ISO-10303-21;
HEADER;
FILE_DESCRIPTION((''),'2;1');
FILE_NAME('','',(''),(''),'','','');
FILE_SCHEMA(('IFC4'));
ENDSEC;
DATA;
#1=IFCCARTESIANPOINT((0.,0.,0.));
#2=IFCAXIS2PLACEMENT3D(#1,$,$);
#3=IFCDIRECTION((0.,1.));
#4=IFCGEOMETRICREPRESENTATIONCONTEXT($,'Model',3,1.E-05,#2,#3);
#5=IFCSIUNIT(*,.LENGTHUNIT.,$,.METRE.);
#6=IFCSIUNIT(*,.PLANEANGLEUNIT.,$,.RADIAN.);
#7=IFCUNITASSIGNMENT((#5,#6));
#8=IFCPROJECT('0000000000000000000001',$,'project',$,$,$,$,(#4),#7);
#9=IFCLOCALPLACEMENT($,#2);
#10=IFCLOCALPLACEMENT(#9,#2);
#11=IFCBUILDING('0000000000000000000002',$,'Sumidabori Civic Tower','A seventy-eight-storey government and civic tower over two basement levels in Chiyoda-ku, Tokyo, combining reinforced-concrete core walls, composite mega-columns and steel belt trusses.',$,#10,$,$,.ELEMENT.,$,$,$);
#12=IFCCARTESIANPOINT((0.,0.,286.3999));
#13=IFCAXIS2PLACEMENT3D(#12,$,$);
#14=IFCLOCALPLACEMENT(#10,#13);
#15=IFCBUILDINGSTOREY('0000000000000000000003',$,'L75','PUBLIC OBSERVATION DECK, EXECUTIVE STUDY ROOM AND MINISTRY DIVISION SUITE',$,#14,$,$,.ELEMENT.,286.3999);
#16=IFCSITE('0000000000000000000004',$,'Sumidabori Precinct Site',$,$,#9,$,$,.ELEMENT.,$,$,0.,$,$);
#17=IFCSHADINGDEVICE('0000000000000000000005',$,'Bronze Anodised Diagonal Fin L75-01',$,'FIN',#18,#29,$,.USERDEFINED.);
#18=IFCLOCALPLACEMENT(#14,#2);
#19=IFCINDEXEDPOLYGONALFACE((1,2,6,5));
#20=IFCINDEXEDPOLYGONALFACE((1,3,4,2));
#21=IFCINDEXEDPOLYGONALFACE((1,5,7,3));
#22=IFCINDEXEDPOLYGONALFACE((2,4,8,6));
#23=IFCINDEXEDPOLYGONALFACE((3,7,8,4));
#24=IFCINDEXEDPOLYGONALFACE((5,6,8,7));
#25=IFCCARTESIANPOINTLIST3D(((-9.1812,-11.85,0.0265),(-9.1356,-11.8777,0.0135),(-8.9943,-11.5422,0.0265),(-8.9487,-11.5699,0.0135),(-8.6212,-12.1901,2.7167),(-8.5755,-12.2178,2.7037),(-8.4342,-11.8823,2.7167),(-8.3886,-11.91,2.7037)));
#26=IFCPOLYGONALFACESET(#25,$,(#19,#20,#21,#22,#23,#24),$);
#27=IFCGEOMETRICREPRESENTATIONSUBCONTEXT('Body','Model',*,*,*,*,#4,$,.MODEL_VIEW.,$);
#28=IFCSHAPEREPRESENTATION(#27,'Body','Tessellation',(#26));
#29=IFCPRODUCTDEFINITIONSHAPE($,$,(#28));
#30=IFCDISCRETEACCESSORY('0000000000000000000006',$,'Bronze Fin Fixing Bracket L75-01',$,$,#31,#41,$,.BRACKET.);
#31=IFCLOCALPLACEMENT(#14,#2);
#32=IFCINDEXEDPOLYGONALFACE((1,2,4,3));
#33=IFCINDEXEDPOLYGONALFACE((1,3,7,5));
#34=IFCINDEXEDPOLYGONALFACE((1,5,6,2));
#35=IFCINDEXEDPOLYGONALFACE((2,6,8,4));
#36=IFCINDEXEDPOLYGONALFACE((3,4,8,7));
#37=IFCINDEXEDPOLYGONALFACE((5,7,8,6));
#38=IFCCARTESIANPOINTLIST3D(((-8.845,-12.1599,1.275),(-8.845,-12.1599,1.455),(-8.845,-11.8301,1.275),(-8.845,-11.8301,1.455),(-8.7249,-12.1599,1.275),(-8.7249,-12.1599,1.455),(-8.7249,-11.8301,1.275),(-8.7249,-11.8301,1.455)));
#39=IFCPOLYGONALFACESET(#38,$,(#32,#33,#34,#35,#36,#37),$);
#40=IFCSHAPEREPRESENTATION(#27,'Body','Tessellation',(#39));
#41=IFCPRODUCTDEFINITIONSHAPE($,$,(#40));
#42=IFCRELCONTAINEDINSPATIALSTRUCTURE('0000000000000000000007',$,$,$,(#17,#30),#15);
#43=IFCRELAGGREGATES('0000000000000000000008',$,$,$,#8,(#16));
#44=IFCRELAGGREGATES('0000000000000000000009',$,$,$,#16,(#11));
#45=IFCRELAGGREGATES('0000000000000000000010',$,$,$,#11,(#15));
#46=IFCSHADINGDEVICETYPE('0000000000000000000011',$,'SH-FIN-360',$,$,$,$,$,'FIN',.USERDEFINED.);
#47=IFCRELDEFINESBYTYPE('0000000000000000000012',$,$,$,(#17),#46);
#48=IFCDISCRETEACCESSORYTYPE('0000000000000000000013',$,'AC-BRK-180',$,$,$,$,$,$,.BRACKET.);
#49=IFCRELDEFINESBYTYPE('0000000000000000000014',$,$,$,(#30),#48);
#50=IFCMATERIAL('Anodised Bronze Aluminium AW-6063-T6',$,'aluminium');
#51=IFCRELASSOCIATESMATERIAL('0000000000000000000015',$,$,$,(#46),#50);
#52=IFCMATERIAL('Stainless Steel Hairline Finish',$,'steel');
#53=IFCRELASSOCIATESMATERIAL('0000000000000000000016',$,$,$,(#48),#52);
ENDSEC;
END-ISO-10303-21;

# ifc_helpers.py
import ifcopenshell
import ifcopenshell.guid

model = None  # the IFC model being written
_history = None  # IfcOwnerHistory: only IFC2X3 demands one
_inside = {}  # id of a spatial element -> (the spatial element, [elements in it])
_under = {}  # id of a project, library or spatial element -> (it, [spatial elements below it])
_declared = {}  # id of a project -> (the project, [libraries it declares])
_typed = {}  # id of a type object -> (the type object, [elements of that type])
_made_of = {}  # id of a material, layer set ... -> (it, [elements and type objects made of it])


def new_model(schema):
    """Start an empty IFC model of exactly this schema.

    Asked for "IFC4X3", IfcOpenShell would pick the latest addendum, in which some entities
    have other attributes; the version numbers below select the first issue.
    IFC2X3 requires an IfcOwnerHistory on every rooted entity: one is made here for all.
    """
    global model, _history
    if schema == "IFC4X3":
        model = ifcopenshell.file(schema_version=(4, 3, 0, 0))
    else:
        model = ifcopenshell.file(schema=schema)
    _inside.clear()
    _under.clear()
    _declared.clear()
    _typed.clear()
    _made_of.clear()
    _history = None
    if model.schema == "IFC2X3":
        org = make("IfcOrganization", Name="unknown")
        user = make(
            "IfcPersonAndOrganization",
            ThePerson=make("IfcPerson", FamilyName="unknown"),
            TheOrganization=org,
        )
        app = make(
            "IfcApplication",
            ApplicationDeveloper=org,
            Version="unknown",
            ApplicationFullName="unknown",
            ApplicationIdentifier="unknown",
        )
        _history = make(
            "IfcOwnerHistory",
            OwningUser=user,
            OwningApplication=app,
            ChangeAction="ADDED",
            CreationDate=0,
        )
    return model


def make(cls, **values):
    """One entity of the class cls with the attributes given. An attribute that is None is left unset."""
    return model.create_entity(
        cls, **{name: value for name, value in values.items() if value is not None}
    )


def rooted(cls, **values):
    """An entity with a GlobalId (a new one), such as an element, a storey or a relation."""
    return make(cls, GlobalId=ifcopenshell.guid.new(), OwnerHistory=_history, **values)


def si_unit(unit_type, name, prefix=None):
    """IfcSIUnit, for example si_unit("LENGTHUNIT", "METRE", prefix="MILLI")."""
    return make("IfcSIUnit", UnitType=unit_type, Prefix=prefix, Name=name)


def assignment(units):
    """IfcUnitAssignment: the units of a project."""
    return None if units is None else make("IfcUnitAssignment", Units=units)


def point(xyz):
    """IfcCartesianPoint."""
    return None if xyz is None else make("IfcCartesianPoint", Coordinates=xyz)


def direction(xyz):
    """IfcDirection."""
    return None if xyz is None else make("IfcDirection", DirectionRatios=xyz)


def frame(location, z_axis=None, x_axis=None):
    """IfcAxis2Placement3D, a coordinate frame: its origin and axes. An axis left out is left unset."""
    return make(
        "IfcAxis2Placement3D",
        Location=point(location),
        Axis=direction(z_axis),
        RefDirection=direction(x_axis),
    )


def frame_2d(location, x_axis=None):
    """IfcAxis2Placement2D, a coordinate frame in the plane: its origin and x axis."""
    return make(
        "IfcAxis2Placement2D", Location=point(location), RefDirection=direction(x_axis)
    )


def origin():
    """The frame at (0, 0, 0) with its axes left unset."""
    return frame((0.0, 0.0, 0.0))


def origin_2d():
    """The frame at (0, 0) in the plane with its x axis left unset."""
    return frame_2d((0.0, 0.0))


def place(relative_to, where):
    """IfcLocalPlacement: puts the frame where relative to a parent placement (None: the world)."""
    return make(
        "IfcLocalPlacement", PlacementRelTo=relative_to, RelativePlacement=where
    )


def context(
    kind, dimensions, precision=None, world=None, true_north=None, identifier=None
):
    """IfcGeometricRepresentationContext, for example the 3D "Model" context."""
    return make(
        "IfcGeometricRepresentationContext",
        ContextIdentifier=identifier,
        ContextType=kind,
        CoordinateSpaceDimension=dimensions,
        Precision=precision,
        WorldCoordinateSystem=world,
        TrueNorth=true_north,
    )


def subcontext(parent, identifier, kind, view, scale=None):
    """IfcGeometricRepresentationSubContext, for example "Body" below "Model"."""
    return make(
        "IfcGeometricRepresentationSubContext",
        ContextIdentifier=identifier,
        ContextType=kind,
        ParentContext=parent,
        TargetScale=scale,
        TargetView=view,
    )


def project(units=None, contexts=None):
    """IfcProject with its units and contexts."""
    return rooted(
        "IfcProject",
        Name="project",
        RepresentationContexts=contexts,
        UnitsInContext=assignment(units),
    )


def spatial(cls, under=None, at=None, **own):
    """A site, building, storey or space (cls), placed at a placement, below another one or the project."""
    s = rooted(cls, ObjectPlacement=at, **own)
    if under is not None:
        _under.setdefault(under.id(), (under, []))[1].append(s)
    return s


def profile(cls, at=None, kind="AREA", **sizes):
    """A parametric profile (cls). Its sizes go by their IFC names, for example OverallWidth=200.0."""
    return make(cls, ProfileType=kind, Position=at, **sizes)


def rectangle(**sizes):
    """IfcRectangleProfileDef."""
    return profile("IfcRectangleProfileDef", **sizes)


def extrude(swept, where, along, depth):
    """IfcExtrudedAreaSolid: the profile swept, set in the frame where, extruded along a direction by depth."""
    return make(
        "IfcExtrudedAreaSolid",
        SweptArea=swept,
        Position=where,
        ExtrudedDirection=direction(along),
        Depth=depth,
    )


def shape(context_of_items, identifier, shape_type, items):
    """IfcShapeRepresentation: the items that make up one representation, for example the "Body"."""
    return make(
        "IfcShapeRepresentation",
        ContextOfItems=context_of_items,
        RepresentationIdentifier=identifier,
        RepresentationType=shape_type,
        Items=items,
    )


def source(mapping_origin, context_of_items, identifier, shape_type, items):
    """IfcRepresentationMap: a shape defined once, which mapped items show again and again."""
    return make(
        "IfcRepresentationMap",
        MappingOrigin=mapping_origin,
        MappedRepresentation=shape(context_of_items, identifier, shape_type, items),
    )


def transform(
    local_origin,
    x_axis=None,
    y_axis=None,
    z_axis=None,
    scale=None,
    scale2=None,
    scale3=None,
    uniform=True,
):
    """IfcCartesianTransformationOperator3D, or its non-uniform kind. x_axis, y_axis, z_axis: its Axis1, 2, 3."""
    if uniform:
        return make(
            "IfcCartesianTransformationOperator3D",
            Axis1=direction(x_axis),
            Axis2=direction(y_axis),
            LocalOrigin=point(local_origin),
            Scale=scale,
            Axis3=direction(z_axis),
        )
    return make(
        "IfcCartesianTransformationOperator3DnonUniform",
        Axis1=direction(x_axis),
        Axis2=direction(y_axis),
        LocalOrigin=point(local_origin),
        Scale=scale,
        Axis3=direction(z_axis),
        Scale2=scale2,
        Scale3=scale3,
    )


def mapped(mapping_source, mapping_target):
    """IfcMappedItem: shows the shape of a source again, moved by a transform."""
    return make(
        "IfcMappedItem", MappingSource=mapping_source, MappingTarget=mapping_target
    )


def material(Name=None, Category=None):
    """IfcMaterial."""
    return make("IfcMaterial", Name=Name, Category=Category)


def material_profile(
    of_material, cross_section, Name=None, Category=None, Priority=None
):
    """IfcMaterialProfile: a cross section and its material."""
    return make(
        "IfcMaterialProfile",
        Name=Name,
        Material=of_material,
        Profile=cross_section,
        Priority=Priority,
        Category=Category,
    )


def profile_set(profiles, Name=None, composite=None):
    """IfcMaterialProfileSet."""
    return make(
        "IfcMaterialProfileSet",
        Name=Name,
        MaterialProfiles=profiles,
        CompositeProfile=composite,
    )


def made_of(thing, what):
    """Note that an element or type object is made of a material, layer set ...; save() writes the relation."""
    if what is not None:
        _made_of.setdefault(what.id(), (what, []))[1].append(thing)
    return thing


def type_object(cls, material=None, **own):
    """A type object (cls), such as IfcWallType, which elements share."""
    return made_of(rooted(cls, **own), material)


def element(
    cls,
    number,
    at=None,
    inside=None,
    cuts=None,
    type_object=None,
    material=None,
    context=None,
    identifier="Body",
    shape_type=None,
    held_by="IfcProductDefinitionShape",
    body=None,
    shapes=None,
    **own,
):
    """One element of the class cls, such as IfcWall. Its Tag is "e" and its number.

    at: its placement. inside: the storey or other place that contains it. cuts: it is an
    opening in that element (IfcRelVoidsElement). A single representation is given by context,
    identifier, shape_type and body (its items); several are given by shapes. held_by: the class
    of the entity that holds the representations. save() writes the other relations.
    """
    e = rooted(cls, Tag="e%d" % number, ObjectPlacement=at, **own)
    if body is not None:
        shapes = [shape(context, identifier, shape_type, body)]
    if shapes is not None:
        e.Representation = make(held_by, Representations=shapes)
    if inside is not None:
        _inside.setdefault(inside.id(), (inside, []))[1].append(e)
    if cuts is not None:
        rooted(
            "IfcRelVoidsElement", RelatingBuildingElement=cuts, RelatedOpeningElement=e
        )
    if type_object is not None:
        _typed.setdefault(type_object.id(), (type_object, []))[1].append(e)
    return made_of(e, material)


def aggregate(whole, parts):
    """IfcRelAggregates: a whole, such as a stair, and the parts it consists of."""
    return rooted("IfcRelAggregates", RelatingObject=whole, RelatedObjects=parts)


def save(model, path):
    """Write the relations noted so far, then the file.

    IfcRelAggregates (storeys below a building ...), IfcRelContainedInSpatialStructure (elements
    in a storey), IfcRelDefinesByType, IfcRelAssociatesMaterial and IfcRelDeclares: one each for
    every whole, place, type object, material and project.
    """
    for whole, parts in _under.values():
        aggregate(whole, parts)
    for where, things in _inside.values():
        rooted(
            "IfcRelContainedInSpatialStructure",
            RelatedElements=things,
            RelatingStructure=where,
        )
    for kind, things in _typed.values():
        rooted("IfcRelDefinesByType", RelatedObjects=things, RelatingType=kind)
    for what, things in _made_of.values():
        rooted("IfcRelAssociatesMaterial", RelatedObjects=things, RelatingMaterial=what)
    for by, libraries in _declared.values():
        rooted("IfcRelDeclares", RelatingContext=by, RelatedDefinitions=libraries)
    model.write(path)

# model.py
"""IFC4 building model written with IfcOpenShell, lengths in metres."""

from ifc_helpers import new_model, si_unit, direction, frame, origin, origin_2d, place, context, subcontext, project, spatial, rectangle, extrude, source, transform, mapped, material, material_profile, profile_set, type_object, element, save


model = new_model("IFC4")

# Units and contexts
model_context = context("Model", 3, precision=1e-05, world=origin(), true_north=direction((0.0, 1.0)))
body_context = subcontext(model_context, "Body", "Model", "MODEL_VIEW")
ifc_project = project(units=[si_unit("LENGTHUNIT", "METRE"), si_unit("PLANEANGLEUNIT", "RADIAN")], contexts=[model_context])

# Site, building, storey
site_placement = place(None, origin())
site = spatial("IfcSite", under=ifc_project, at=site_placement, Name="Sumidabori Precinct Site", CompositionType="ELEMENT", RefElevation=0.0)
building_placement = place(site_placement, origin())
building = spatial("IfcBuilding", under=site, at=building_placement, Name="Sumidabori Civic Tower", Description="A seventy-eight-storey government and civic tower over two basement levels in Chiyoda-ku, Tokyo, combining reinforced-concrete core walls, composite mega-columns and steel belt trusses.", CompositionType="ELEMENT")
storey_placement = place(building_placement, frame((0.0, 0.0, 286.3999)))
storey = spatial("IfcBuildingStorey", under=building, at=storey_placement, Name="L75", Description="PUBLIC OBSERVATION DECK, EXECUTIVE STUDY ROOM AND MINISTRY DIVISION SUITE", CompositionType="ELEMENT", Elevation=286.3999)

# Shared definitions
ifc_material_1 = material(Name="Anodised Bronze Aluminium AW-6063-T6", Category="aluminium")

# Shading device
ifc_material_profile_1 = material_profile(ifc_material_1, rectangle(XDim=0.0549, YDim=0.3601, at=origin_2d()), Name="BRONZE FIN 360x55")
ifc_profile_set_1 = profile_set([ifc_material_profile_1], Name="Anodised Bronze Aluminium AW-6063-T6")
shading_device_type = type_object("IfcShadingDeviceType", Name="SH-FIN-360", ElementType="FIN", PredefinedType="USERDEFINED", material=ifc_profile_set_1)
shared_shape_1 = source(origin(), body_context, "Body", "SweptSolid", [
    extrude(rectangle(XDim=0.0549, YDim=0.3601, at=origin_2d()), origin(), (0.0, 0.0, 1.0), 2.7688),
])
shading_device_placement = place(storey_placement, frame((-9.0649, -11.71, 0.02), z_axis=(0.202273, -0.122827, 0.971596), x_axis=(0.830474, -0.504294, -0.236645)))
element("IfcShadingDevice", 1, at=shading_device_placement, inside=storey, type_object=shading_device_type, Name="Bronze Anodised Diagonal Fin L75-01", ObjectType="FIN", PredefinedType="USERDEFINED", context=body_context, shape_type="MappedRepresentation", body=[
    mapped(shared_shape_1, transform((0.0, 0.0, 0.0), x_axis=(1.0, 0.0, 0.0), y_axis=(0.0, 1.0, 0.0), z_axis=(0.0, 0.0, 1.0), scale=1.0)),
])

# Discrete accessory
ifc_material_2 = material(Name="Stainless Steel Hairline Finish", Category="steel")
ifc_material_profile_2 = material_profile(ifc_material_2, rectangle(XDim=0.1201, YDim=0.1799, at=origin_2d()), Name="STEEL BRACKET 180x120")
ifc_profile_set_2 = profile_set([ifc_material_profile_2], Name="Stainless Steel Hairline Finish")
discrete_accessory_type = type_object("IfcDiscreteAccessoryType", Name="AC-BRK-180", PredefinedType="BRACKET", material=ifc_profile_set_2)
shared_shape_2 = source(origin(), body_context, "Body", "SweptSolid", [
    extrude(rectangle(XDim=0.1201, YDim=0.1799, at=origin_2d()), origin(), (0.0, 0.0, 1.0), 0.3298),
])
discrete_accessory_placement = place(storey_placement, frame((-8.7849, -11.8301, 1.365), z_axis=(0.0, -1.0, 0.0), x_axis=(1.0, 0.0, 0.0)))
element("IfcDiscreteAccessory", 2, at=discrete_accessory_placement, inside=storey, type_object=discrete_accessory_type, Name="Bronze Fin Fixing Bracket L75-01", PredefinedType="BRACKET", context=body_context, shape_type="MappedRepresentation", body=[
    mapped(shared_shape_2, transform((0.0, 0.0, 0.0), x_axis=(1.0, 0.0, 0.0), y_axis=(0.0, 1.0, 0.0), z_axis=(0.0, 0.0, 1.0), scale=1.0)),
])

save(model, "model.ifc")
